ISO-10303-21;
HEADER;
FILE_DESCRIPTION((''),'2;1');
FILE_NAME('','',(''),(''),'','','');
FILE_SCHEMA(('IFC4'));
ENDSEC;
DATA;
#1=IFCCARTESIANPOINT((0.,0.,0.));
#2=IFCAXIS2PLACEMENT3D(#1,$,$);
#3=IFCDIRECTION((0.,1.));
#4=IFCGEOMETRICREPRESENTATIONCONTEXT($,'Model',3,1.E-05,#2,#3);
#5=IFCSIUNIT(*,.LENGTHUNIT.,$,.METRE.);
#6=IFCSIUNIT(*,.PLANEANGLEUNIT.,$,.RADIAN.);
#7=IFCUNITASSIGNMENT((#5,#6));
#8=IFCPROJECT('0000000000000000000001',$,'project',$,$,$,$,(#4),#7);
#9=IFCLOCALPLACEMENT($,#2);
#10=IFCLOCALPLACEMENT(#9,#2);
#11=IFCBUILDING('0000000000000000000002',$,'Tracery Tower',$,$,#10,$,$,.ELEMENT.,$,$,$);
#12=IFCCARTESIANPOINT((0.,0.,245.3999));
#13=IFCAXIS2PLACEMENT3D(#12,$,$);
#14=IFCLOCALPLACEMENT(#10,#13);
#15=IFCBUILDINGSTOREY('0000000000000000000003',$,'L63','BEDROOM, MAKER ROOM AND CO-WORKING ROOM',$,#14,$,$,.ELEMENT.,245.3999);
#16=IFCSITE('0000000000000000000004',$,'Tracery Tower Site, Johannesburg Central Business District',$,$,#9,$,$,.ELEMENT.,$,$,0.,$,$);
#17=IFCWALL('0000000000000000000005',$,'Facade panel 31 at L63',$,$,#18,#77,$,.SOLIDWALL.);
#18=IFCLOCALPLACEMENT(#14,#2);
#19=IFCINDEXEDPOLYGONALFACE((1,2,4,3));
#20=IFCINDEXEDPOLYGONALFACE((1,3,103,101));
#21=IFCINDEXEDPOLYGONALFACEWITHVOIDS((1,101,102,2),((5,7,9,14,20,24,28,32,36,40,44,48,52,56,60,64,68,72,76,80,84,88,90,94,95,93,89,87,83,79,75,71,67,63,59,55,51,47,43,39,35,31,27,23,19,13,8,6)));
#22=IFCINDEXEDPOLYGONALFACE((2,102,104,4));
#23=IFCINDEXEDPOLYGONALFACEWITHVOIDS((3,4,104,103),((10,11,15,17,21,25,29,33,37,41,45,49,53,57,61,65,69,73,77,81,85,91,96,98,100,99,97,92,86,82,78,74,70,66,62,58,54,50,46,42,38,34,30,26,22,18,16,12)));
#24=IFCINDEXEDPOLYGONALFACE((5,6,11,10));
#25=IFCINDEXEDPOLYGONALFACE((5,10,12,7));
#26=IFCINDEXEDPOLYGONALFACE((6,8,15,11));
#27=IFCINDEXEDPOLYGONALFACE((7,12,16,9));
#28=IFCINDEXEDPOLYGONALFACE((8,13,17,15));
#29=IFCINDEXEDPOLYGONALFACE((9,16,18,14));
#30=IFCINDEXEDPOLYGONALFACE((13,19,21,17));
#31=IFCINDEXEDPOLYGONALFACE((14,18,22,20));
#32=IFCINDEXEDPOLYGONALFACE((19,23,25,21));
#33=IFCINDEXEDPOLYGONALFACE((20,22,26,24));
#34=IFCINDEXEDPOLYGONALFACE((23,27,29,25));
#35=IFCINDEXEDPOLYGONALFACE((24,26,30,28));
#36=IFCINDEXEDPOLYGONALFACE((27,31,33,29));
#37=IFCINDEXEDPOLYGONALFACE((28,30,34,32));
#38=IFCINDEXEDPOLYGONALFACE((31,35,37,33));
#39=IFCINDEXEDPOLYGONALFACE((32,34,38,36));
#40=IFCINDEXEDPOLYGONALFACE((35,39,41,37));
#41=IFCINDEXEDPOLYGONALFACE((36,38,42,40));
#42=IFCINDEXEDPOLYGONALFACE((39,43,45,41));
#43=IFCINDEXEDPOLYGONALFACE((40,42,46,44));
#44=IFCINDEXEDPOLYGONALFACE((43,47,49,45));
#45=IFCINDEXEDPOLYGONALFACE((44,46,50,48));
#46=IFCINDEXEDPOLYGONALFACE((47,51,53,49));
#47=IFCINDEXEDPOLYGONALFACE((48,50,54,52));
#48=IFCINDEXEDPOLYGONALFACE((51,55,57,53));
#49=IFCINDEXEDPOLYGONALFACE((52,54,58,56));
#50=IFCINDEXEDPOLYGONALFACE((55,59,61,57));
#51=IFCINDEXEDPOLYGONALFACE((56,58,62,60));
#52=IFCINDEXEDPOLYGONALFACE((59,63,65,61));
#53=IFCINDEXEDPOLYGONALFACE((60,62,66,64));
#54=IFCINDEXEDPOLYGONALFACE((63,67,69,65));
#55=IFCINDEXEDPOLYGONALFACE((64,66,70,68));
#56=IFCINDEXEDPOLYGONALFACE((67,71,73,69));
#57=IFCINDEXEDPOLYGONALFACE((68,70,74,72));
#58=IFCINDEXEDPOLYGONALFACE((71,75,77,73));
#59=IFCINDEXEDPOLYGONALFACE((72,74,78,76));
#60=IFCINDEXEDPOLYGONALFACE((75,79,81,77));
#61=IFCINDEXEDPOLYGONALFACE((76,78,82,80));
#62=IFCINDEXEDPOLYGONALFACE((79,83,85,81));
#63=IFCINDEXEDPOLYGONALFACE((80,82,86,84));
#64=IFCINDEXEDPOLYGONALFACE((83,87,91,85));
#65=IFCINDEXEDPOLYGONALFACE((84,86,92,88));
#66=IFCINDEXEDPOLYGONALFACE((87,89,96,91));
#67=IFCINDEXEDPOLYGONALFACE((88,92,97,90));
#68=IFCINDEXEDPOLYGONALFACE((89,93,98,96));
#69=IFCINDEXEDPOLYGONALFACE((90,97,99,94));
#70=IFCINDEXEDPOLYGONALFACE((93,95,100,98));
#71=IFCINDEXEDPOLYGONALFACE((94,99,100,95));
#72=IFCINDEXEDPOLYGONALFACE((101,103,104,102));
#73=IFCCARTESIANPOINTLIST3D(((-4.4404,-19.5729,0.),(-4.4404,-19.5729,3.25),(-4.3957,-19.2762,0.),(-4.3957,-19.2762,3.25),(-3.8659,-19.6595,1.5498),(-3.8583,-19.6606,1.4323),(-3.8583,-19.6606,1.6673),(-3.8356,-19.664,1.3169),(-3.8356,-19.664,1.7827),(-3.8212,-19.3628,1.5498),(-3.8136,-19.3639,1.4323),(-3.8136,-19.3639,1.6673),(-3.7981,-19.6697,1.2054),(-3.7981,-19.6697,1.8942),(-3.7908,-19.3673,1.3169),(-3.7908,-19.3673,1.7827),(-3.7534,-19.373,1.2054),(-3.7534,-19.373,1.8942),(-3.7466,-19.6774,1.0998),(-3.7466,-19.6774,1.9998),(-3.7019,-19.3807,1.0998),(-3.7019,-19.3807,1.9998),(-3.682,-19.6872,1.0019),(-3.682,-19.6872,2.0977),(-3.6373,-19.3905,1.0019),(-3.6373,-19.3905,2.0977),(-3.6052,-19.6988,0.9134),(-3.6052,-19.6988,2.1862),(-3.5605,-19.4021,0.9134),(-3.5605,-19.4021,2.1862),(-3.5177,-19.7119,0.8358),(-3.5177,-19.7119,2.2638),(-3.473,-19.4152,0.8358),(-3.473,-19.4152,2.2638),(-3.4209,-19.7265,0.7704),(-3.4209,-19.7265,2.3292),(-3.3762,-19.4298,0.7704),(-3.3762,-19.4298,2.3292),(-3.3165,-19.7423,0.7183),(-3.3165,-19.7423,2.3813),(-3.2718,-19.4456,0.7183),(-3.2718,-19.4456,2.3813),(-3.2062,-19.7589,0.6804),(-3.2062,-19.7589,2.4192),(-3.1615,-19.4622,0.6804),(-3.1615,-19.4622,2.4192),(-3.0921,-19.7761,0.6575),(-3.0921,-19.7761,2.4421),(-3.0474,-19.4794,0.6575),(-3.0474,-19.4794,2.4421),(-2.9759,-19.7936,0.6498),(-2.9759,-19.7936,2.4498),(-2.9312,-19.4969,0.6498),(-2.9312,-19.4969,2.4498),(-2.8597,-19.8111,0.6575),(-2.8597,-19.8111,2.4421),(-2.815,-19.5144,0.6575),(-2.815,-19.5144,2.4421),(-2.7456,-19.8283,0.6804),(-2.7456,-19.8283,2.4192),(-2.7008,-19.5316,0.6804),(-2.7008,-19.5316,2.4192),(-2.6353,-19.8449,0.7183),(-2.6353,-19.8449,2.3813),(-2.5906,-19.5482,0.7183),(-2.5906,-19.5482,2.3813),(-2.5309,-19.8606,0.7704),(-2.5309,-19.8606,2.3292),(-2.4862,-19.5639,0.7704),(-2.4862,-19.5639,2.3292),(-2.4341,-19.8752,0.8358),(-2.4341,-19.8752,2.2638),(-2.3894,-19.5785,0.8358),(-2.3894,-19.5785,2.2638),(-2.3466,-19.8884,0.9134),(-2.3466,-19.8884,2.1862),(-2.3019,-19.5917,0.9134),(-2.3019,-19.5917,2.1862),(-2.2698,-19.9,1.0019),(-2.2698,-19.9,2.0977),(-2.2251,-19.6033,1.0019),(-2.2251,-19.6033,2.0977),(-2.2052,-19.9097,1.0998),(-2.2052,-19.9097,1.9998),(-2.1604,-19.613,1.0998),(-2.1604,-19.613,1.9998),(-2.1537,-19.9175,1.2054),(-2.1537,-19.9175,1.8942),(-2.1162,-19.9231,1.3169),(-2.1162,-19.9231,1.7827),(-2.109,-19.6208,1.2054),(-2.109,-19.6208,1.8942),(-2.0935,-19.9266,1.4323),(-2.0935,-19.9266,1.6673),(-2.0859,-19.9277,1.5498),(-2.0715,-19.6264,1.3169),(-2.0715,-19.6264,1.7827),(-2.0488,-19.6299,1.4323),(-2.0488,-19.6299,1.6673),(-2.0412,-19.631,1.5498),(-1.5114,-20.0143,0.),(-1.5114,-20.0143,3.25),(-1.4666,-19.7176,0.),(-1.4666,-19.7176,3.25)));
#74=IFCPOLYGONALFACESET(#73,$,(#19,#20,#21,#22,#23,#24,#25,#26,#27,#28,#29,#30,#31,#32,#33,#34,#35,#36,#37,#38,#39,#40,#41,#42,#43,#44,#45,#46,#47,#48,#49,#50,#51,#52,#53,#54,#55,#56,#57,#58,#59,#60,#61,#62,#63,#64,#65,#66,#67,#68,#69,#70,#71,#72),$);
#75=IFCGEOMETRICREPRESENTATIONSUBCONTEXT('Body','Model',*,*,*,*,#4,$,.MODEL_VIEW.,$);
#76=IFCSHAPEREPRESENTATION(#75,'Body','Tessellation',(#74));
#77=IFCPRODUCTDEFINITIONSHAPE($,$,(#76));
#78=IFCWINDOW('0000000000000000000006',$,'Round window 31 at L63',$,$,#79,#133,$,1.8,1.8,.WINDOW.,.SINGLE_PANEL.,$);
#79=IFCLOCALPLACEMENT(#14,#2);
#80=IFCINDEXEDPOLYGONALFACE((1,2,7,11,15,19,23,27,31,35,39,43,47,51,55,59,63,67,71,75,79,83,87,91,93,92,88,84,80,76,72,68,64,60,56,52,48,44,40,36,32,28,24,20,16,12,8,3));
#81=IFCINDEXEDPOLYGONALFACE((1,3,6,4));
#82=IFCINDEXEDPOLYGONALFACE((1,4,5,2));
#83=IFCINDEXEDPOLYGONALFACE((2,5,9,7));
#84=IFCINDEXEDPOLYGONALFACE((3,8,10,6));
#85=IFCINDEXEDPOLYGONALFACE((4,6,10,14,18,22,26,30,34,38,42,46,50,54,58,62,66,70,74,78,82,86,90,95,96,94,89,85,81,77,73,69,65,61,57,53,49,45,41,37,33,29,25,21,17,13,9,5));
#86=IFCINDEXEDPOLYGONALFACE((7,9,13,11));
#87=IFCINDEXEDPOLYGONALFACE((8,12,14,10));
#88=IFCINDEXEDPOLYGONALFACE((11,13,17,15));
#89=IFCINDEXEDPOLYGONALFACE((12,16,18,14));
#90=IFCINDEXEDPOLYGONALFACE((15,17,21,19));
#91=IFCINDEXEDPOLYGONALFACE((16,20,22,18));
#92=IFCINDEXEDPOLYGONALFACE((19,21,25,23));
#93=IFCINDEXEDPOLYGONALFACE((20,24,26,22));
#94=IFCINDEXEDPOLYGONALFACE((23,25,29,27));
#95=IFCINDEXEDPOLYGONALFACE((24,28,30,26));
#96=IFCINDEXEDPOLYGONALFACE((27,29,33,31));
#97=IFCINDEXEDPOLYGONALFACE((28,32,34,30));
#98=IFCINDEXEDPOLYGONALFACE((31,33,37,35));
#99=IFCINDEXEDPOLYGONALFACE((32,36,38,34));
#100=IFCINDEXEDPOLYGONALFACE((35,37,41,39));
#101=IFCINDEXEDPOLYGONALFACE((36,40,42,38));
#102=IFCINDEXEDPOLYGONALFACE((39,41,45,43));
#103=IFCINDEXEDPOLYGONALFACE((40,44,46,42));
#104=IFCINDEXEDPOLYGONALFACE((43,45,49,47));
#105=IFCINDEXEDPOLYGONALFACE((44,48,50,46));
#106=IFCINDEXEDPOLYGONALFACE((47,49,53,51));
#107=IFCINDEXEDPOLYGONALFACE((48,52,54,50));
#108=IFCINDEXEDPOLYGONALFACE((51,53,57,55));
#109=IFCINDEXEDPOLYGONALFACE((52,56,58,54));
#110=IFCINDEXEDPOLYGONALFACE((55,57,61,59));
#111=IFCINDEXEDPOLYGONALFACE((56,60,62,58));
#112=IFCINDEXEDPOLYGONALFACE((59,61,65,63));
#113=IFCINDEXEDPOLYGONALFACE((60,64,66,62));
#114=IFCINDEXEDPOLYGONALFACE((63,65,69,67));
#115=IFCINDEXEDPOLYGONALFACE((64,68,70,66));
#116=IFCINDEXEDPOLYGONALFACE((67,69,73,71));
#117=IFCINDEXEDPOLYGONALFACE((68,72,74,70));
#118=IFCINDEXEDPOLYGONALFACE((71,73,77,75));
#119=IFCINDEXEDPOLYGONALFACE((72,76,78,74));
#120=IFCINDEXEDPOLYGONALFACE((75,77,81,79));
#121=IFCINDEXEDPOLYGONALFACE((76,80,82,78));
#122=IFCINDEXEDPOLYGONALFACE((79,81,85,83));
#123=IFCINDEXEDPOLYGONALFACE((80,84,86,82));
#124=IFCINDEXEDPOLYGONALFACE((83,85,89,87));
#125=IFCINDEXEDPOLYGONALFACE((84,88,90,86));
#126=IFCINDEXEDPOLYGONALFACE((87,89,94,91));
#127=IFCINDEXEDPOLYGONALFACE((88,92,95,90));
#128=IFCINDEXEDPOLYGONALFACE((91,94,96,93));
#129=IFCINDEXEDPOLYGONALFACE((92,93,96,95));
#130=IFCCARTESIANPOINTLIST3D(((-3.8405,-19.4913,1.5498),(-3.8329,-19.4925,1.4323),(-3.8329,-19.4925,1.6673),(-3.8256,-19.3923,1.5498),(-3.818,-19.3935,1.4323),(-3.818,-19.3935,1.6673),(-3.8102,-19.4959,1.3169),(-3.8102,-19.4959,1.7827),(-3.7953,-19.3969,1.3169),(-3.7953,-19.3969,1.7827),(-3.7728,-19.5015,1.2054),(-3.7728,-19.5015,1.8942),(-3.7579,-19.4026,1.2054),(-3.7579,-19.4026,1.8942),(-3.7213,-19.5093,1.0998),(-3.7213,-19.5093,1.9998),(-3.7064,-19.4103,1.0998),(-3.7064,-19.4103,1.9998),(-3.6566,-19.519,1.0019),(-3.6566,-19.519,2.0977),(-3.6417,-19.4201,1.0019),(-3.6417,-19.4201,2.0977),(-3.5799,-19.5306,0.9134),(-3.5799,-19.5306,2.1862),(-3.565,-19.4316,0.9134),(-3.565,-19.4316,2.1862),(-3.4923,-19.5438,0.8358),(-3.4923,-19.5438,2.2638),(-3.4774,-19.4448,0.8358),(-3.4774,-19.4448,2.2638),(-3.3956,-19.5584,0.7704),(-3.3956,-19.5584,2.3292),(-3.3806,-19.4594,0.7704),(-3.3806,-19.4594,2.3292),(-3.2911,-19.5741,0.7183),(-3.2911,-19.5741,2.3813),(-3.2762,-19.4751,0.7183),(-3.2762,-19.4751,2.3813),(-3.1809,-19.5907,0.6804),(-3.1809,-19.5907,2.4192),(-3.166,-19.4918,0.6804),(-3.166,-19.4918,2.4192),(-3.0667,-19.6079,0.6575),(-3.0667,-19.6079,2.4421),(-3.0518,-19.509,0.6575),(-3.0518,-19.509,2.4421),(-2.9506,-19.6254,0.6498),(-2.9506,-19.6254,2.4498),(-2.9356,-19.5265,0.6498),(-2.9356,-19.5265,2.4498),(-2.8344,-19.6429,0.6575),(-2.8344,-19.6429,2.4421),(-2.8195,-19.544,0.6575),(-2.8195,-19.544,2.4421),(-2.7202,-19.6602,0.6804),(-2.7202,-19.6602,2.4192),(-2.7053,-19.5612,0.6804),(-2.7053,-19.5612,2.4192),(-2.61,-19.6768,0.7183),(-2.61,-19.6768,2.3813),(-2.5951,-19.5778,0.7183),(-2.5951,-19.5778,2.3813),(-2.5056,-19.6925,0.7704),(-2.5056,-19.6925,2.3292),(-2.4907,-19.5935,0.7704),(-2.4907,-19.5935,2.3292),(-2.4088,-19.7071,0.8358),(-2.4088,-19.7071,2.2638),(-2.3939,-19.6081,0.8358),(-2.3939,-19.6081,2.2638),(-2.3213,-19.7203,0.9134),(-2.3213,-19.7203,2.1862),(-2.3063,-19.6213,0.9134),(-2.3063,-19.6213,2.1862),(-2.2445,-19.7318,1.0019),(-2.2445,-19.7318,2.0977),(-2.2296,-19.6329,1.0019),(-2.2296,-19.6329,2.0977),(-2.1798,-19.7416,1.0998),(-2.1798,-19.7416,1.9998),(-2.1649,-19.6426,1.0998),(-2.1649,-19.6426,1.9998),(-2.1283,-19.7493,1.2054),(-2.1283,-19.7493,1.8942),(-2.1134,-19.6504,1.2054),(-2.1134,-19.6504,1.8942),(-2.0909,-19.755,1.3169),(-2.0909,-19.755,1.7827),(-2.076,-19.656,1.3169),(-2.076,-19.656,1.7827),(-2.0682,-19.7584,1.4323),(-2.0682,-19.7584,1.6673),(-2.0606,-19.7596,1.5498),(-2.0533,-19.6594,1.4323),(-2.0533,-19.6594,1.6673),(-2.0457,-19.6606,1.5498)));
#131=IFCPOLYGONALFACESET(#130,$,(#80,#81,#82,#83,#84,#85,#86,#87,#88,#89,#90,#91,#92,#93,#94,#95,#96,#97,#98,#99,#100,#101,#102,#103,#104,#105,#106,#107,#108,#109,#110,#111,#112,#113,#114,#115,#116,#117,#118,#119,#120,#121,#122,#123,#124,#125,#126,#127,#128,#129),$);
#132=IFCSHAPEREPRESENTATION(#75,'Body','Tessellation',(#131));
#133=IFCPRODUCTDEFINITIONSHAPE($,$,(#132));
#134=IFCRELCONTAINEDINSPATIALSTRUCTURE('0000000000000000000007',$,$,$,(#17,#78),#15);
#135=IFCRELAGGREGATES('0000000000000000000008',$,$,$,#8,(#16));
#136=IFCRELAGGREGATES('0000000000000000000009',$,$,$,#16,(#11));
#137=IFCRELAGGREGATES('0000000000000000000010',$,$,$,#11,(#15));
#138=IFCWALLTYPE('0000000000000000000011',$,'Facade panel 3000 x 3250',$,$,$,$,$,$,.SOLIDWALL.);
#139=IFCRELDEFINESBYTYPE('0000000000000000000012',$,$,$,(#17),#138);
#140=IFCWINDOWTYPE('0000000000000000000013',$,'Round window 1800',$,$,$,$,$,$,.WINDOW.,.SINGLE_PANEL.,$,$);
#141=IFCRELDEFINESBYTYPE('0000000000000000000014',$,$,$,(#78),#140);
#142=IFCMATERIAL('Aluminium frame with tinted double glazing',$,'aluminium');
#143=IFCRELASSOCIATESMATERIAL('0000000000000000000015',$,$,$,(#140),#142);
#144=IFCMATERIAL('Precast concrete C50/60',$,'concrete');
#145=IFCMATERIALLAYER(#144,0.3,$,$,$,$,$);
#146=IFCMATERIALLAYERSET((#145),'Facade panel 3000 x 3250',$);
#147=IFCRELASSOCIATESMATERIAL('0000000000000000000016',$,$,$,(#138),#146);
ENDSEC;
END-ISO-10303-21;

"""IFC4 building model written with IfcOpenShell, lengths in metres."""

from ifc_helpers import new_model, si_unit, direction, frame, frame_2d, origin, origin_2d, place, context, subcontext, project, spatial, rectangle, circle, extrude, material, layer, layer_set, type_object, element, fill, save


model = new_model("IFC4")

# Units and contexts
model_context = context("Model", 3, precision=1e-05, world=origin(), true_north=direction((0.0, 1.0)))
body_context = subcontext(model_context, "Body", "Model", "MODEL_VIEW")
ifc_project = project(units=[si_unit("LENGTHUNIT", "METRE"), si_unit("PLANEANGLEUNIT", "RADIAN")], contexts=[model_context])

# Site, building, storey
site_placement = place(None, origin())
site = spatial("IfcSite", under=ifc_project, at=site_placement, Name="Tracery Tower Site, Johannesburg Central Business District", CompositionType="ELEMENT", RefElevation=0.0)
building_placement = place(site_placement, origin())
building = spatial("IfcBuilding", under=site, at=building_placement, Name="Tracery Tower", CompositionType="ELEMENT")
storey_placement = place(building_placement, frame((0.0, 0.0, 245.3999)))
storey = spatial("IfcBuildingStorey", under=building, at=storey_placement, Name="L63", Description="BEDROOM, MAKER ROOM AND CO-WORKING ROOM", CompositionType="ELEMENT", Elevation=245.3999)

# Wall, opening, window
ifc_material_1 = material(Name="Aluminium frame with tinted double glazing", Category="aluminium")
window_type = type_object("IfcWindowType", Name="Round window 1800", PartitioningType="SINGLE_PANEL", PredefinedType="WINDOW", material=ifc_material_1)
ifc_material_2 = material(Name="Precast concrete C50/60", Category="concrete")
ifc_layer_1 = layer(ifc_material_2, 0.3)
ifc_layer_set_1 = layer_set([ifc_layer_1], Name="Facade panel 3000 x 3250")
wall_type_1 = type_object("IfcWallType", Name="Facade panel 3000 x 3250", PredefinedType="SOLIDWALL", material=ifc_layer_set_1)
wall_1_placement = place(storey_placement, frame((-4.418, -19.4246, 0.0), z_axis=(0.0, 0.0, 1.0), x_axis=(0.988836, -0.149009, 0.0)))
wall_1 = element("IfcWall", 1, at=wall_1_placement, inside=storey, type_object=wall_type_1, Name="Facade panel 31 at L63", PredefinedType="SOLIDWALL", context=body_context, shape_type="SweptSolid", body=[
    extrude(rectangle(XDim=2.9622, YDim=0.3, at=frame_2d((1.481, 0.0))), origin(), (0.0, 0.0, 1.0), 3.25),
])
opening_1_placement = place(wall_1_placement, frame((1.481, 0.0, 1.5498)))
opening_1 = element("IfcOpeningElement", 2, at=opening_1_placement, cuts=wall_1, PredefinedType="OPENING", context=body_context, shape_type="SweptSolid", body=[
    extrude(circle(Radius=0.9, at=origin_2d()), frame((0.0, 0.1599, 0.0), z_axis=(0.0, -1.0, 0.0), x_axis=(1.0, 0.0, 0.0)), (0.0, 0.0, 1.0), 0.3201),
])
window_1_placement = place(opening_1_placement, origin())
window_1 = element("IfcWindow", 3, at=window_1_placement, inside=storey, type_object=window_type, Name="Round window 31 at L63", OverallHeight=1.8, OverallWidth=1.8, PartitioningType="SINGLE_PANEL", PredefinedType="WINDOW", context=body_context, shape_type="SweptSolid", body=[
    extrude(circle(Radius=0.9, at=origin_2d()), frame((0.0, 0.1201, 0.0), z_axis=(0.0, -1.0, 0.0), x_axis=(1.0, 0.0, 0.0)), (0.0, 0.0, 1.0), 0.1001),
])
fill(opening_1, window_1)

save(model, "model.ifc")
